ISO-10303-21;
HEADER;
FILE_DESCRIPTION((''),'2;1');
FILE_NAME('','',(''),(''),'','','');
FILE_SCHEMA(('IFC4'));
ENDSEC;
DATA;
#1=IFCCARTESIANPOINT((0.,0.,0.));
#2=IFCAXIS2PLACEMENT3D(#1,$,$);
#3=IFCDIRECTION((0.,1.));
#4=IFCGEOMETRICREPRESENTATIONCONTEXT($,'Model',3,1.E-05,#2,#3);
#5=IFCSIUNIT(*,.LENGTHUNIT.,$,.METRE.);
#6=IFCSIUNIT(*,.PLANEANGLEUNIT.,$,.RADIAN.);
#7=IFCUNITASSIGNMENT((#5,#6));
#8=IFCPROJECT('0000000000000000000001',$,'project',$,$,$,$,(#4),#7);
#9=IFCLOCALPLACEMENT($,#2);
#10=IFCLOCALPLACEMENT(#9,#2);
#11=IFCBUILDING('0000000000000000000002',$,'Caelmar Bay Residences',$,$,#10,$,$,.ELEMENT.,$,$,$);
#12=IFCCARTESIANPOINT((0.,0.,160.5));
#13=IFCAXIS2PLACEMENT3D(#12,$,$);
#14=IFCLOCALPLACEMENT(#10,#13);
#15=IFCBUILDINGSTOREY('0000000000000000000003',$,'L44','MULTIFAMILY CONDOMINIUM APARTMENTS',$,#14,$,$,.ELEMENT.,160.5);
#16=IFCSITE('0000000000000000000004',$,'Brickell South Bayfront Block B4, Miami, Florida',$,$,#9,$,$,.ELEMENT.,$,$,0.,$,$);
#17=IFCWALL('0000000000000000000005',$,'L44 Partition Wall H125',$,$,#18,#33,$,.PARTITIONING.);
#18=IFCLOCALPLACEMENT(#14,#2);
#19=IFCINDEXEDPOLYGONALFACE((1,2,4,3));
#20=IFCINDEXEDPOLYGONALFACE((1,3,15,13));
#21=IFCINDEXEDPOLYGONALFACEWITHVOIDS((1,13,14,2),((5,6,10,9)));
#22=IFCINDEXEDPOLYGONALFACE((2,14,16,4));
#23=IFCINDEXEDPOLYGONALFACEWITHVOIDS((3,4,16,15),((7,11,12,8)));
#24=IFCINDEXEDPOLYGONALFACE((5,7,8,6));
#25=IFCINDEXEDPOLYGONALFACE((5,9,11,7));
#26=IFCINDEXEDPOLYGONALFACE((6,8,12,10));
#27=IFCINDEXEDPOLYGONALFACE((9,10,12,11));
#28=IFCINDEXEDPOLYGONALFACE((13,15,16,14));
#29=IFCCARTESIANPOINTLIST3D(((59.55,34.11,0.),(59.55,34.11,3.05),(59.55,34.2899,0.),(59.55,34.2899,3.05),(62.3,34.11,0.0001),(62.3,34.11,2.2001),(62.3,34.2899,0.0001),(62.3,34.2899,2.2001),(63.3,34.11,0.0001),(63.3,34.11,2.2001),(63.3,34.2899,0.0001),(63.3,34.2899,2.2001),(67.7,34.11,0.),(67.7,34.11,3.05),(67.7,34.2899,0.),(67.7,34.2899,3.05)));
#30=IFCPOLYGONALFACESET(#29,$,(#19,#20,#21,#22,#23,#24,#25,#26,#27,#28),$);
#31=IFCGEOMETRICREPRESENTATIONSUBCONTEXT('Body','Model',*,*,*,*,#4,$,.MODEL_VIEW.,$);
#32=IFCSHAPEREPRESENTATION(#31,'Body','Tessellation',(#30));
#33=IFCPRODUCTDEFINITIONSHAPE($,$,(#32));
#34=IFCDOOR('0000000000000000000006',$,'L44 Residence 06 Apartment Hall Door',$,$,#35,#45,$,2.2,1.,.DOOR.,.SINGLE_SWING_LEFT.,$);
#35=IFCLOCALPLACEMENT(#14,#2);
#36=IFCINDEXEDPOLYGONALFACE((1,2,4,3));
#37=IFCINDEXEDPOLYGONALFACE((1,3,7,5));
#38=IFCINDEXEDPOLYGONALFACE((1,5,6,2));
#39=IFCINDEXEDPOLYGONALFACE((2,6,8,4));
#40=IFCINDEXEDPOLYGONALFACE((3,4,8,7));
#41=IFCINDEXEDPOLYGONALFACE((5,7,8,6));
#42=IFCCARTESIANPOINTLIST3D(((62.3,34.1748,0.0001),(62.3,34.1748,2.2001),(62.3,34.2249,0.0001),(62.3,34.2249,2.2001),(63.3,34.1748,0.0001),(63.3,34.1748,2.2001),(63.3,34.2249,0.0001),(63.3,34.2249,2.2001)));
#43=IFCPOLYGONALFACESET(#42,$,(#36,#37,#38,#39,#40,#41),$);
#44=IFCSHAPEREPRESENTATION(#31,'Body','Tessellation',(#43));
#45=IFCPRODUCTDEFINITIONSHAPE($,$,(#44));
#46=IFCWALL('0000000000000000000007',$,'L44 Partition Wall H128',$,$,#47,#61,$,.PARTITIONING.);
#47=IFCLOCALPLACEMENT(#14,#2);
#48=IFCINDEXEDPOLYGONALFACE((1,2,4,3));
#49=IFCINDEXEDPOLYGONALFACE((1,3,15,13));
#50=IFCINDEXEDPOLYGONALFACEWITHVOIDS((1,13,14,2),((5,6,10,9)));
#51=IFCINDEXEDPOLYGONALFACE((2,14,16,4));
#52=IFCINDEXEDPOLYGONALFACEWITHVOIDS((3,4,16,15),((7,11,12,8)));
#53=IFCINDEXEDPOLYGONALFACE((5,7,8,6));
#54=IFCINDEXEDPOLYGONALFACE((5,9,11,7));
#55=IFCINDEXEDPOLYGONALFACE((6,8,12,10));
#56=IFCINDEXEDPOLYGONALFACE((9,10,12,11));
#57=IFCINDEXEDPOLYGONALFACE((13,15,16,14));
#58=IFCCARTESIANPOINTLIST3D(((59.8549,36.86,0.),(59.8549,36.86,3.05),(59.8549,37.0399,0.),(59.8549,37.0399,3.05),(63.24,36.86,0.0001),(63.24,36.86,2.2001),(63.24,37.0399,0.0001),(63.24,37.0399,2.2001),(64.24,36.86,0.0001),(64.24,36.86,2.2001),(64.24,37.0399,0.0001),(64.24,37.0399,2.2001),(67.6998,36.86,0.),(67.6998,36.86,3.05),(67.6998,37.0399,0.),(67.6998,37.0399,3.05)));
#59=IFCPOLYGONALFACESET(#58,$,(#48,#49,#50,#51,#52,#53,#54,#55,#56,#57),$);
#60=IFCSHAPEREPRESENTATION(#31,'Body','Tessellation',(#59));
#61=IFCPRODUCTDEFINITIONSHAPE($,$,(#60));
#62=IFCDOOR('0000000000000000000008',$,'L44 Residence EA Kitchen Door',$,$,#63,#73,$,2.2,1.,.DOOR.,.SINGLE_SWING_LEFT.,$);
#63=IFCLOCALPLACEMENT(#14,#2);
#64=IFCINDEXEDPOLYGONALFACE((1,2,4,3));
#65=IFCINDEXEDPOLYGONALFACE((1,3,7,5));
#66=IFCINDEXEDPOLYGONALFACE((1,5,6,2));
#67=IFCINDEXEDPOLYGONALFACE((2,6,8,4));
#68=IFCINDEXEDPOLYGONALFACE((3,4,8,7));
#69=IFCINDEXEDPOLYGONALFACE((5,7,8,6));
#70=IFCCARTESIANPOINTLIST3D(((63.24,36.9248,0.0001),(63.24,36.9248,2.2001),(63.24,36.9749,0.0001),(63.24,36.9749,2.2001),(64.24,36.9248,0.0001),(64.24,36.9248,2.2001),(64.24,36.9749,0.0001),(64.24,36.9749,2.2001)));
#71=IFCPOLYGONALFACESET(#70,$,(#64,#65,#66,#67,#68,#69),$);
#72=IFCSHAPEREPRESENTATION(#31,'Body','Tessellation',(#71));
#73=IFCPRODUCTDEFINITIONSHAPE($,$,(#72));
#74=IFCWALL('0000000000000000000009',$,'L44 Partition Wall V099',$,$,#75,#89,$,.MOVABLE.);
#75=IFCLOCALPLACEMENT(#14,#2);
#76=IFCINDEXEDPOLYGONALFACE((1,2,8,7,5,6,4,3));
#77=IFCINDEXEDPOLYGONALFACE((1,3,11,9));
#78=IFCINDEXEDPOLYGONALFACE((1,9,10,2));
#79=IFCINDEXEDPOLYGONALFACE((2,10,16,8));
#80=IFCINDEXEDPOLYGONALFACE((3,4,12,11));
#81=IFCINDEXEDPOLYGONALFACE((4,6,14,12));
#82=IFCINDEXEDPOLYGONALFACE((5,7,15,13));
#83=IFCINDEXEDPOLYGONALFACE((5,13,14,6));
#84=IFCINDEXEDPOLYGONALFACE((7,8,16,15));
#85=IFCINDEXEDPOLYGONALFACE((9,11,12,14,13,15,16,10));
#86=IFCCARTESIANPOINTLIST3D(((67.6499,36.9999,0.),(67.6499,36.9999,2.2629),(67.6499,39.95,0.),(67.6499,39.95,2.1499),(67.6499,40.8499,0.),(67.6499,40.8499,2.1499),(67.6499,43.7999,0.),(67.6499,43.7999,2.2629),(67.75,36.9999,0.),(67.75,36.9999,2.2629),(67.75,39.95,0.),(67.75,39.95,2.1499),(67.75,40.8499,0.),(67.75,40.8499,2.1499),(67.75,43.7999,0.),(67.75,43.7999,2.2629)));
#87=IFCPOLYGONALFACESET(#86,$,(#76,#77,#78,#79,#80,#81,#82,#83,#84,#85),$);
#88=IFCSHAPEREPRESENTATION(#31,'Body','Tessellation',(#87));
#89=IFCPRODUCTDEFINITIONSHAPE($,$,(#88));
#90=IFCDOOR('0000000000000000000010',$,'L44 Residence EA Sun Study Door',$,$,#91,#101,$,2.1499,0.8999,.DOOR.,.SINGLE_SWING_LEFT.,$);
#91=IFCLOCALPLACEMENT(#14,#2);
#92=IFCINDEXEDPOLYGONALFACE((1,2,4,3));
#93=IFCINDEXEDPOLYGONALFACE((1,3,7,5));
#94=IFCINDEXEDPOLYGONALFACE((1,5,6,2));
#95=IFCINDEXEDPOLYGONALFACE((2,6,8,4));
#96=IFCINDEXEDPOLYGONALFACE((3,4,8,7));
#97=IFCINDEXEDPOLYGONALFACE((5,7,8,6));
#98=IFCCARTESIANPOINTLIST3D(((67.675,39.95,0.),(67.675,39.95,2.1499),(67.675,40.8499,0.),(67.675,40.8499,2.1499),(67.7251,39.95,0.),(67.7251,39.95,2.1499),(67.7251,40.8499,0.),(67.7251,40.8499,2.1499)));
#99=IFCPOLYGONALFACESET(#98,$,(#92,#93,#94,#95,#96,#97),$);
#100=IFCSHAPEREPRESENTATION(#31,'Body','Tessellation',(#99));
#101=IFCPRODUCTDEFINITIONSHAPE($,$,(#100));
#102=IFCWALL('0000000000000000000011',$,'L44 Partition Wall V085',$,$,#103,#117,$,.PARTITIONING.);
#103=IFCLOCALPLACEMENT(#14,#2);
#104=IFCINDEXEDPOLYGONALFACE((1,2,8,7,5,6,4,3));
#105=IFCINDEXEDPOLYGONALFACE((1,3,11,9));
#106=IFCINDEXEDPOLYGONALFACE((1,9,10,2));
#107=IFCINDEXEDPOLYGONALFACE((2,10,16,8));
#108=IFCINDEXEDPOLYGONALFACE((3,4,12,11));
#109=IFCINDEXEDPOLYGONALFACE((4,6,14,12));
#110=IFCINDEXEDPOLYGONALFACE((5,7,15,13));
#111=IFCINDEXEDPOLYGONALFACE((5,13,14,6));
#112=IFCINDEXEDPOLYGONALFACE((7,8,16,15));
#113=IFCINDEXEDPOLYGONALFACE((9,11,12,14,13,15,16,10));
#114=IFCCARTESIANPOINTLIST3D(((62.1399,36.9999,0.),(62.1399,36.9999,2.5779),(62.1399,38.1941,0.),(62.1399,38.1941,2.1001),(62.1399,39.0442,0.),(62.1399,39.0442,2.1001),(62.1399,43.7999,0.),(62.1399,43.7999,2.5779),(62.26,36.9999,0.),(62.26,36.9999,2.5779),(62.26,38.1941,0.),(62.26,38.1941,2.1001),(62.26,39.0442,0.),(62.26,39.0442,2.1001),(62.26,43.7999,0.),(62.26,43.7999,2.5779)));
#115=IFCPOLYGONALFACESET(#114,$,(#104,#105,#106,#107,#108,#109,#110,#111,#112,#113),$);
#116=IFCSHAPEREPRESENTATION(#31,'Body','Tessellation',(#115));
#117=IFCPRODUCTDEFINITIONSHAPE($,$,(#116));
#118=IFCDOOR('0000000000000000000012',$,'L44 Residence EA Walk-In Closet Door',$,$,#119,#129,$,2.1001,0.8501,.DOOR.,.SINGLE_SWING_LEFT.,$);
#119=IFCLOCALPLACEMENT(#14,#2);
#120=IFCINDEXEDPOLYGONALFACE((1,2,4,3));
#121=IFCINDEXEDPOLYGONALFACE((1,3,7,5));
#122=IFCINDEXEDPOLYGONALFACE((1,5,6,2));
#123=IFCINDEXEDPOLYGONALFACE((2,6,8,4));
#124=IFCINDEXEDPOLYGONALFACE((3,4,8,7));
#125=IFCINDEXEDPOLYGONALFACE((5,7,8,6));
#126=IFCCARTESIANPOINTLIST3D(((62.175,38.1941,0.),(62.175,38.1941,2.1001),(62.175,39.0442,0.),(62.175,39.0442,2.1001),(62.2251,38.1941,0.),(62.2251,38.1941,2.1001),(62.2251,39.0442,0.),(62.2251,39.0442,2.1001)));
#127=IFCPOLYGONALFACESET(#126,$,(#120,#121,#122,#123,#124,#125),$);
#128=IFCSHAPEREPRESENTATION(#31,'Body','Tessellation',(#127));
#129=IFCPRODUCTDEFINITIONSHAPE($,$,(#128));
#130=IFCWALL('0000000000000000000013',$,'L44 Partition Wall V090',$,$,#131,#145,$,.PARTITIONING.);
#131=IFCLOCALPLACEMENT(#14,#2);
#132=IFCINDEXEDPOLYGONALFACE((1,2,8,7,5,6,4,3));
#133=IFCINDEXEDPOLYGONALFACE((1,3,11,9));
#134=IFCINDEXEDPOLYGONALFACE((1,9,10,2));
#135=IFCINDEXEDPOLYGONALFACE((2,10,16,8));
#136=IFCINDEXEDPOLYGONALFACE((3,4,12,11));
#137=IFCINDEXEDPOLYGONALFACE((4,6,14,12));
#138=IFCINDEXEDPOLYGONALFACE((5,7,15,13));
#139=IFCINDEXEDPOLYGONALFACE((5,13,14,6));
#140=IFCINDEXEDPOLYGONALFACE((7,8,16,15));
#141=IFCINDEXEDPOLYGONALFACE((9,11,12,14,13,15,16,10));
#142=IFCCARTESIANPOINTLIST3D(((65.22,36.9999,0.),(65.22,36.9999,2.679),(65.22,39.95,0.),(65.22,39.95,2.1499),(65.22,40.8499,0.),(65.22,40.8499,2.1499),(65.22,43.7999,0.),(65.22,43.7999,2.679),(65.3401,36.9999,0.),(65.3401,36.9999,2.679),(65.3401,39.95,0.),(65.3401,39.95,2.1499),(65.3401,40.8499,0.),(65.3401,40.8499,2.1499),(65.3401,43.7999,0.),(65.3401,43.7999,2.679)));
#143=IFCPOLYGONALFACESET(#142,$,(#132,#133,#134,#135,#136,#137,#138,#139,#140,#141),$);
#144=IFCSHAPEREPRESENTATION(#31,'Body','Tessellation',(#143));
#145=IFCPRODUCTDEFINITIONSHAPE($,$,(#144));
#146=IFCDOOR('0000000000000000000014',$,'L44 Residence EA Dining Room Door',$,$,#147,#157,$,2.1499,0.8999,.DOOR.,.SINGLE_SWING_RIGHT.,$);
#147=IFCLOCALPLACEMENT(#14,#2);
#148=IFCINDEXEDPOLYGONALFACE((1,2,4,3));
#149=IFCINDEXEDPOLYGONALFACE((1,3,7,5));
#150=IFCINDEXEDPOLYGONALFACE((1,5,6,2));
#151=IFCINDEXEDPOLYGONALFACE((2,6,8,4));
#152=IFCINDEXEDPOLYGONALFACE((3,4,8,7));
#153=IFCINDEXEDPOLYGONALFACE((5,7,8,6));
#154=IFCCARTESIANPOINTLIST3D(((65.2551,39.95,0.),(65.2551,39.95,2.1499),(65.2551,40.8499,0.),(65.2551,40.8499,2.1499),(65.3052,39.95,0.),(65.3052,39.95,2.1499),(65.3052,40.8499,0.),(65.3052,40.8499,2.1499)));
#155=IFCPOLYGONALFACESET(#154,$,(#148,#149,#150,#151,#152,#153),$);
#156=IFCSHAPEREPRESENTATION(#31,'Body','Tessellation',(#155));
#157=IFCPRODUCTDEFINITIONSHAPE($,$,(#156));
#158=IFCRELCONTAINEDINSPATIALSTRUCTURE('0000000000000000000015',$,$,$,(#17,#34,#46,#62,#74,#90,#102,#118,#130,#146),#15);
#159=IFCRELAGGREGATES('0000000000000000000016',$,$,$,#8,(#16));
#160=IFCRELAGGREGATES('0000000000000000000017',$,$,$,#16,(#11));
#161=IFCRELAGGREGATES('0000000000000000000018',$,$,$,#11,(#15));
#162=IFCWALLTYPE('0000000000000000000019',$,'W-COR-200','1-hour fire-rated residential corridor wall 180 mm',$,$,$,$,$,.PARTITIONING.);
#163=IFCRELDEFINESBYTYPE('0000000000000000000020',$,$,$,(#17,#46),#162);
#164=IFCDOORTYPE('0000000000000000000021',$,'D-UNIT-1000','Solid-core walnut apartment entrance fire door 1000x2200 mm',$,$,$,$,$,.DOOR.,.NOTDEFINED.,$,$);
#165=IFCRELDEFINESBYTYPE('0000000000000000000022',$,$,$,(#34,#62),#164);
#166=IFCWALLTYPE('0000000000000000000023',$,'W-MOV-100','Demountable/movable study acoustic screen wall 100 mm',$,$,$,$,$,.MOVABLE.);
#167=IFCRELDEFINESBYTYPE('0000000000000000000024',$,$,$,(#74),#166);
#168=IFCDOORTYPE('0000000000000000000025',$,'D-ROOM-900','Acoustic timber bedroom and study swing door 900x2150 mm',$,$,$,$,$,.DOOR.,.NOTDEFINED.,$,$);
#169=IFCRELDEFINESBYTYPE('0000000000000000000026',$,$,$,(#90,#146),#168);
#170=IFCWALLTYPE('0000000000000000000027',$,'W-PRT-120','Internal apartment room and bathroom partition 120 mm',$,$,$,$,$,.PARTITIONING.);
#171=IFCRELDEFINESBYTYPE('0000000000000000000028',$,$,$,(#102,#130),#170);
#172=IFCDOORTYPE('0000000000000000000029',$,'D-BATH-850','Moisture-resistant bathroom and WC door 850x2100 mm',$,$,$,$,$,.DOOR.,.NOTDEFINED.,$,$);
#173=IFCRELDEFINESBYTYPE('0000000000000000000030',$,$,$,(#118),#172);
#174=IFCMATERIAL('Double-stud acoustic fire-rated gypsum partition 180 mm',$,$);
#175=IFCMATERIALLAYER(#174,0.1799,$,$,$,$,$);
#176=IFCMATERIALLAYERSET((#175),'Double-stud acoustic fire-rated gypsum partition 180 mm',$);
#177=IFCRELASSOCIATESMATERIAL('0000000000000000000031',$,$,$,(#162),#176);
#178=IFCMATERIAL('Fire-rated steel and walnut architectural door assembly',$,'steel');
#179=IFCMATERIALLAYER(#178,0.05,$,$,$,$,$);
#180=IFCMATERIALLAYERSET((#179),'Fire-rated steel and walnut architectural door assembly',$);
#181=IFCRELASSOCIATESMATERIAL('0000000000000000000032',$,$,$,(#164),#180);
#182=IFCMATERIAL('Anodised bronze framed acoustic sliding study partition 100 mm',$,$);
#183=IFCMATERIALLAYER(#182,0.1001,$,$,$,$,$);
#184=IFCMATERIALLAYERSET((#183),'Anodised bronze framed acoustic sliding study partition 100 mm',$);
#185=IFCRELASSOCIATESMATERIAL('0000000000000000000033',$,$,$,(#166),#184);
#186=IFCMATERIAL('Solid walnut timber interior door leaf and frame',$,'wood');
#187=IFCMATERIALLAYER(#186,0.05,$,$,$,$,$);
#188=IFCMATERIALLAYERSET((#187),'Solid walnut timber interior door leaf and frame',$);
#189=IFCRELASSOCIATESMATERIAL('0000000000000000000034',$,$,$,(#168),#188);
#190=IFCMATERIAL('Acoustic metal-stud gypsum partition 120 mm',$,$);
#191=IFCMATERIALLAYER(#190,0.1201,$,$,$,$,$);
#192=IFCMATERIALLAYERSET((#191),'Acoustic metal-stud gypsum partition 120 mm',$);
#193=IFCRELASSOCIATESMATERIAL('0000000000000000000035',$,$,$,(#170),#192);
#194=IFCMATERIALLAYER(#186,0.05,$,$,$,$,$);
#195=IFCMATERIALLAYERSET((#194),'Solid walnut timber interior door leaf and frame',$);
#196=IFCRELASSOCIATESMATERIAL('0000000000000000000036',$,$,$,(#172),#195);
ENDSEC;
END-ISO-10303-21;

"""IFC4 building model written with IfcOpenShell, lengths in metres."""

from ifc_helpers import new_model, si_unit, direction, frame, frame_2d, origin, place, context, subcontext, project, spatial, rectangle, extrude, material, layer, layer_set, type_object, element, fill, save


model = new_model("IFC4")

# Units and contexts
model_context = context("Model", 3, precision=1e-05, world=origin(), true_north=direction((0.0, 1.0)))
body_context = subcontext(model_context, "Body", "Model", "MODEL_VIEW")
ifc_project = project(units=[si_unit("LENGTHUNIT", "METRE"), si_unit("PLANEANGLEUNIT", "RADIAN")], contexts=[model_context])

# Site, building, storey
site_placement = place(None, origin())
site = spatial("IfcSite", under=ifc_project, at=site_placement, Name="Brickell South Bayfront Block B4, Miami, Florida", CompositionType="ELEMENT", RefElevation=0.0)
building_placement = place(site_placement, origin())
building = spatial("IfcBuilding", under=site, at=building_placement, Name="Caelmar Bay Residences", CompositionType="ELEMENT")
storey_placement = place(building_placement, frame((0.0, 0.0, 160.5)))
storey = spatial("IfcBuildingStorey", under=building, at=storey_placement, Name="L44", Description="MULTIFAMILY CONDOMINIUM APARTMENTS", CompositionType="ELEMENT", Elevation=160.5)

# Shared definitions
ifc_material_1 = material(Name="Double-stud acoustic fire-rated gypsum partition 180 mm")
ifc_layer_1 = layer(ifc_material_1, 0.1799)
ifc_layer_set_1 = layer_set([ifc_layer_1], Name="Double-stud acoustic fire-rated gypsum partition 180 mm")
wall_type_1 = type_object("IfcWallType", Name="W-COR-200", Description="1-hour fire-rated residential corridor wall 180 mm", PredefinedType="PARTITIONING", material=ifc_layer_set_1)

# Walls, openings, doors
wall_1_placement = place(storey_placement, frame((59.55, 34.2, 0.0), z_axis=(0.0, 0.0, 1.0), x_axis=(1.0, 0.0, 0.0)))
wall_1 = element("IfcWall", 1, at=wall_1_placement, inside=storey, type_object=wall_type_1, Name="L44 Partition Wall H125", PredefinedType="PARTITIONING", context=body_context, shape_type="SweptSolid", body=[
    extrude(rectangle(XDim=8.1499, YDim=0.1799, at=frame_2d((4.075, 0.0))), origin(), (0.0, 0.0, 1.0), 3.05),
])
opening_1_placement = place(wall_1_placement, frame((2.75, 0.0, 0.0)))
opening_1 = element("IfcOpeningElement", 2, at=opening_1_placement, cuts=wall_1, PredefinedType="OPENING", context=body_context, shape_type="SweptSolid", body=[
    extrude(rectangle(XDim=1.0, YDim=2.2, at=frame_2d((0.5, 1.1001))), frame((0.0, 0.0999, 0.0), z_axis=(0.0, -1.0, 0.0), x_axis=(1.0, 0.0, 0.0)), (0.0, 0.0, 1.0), 0.2),
])
ifc_material_2 = material(Name="Fire-rated steel and walnut architectural door assembly", Category="steel")
ifc_layer_2 = layer(ifc_material_2, 0.05)
ifc_layer_set_2 = layer_set([ifc_layer_2], Name="Fire-rated steel and walnut architectural door assembly")
door_type_1 = type_object("IfcDoorType", Name="D-UNIT-1000", Description="Solid-core walnut apartment entrance fire door 1000x2200 mm", OperationType="NOTDEFINED", PredefinedType="DOOR", material=ifc_layer_set_2)
door_1_placement = place(opening_1_placement, origin())
door_1 = element("IfcDoor", 3, at=door_1_placement, inside=storey, type_object=door_type_1, Name="L44 Residence 06 Apartment Hall Door", OperationType="SINGLE_SWING_LEFT", OverallHeight=2.2, OverallWidth=1.0, PredefinedType="DOOR", context=body_context, shape_type="SweptSolid", body=[
    extrude(rectangle(XDim=1.0, YDim=2.2, at=frame_2d((0.5, 1.1001))), frame((0.0, 0.0249, 0.0), z_axis=(0.0, -1.0, 0.0), x_axis=(1.0, 0.0, 0.0)), (0.0, 0.0, 1.0), 0.05),
])
fill(opening_1, door_1)
wall_2_placement = place(storey_placement, frame((59.855, 36.95, 0.0), z_axis=(0.0, 0.0, 1.0), x_axis=(1.0, 0.0, 0.0)))
wall_2 = element("IfcWall", 4, at=wall_2_placement, inside=storey, type_object=wall_type_1, Name="L44 Partition Wall H128", PredefinedType="PARTITIONING", context=body_context, shape_type="SweptSolid", body=[
    extrude(rectangle(XDim=7.845, YDim=0.1799, at=frame_2d((3.9224, 0.0))), origin(), (0.0, 0.0, 1.0), 3.05),
])
opening_2_placement = place(wall_2_placement, frame((3.385, 0.0, 0.0)))
opening_2 = element("IfcOpeningElement", 5, at=opening_2_placement, cuts=wall_2, PredefinedType="OPENING", context=body_context, shape_type="SweptSolid", body=[
    extrude(rectangle(XDim=1.0, YDim=2.2, at=frame_2d((0.5, 1.1001))), frame((0.0, 0.0999, 0.0), z_axis=(0.0, -1.0, 0.0), x_axis=(1.0, 0.0, 0.0)), (0.0, 0.0, 1.0), 0.2),
])
door_2_placement = place(opening_2_placement, origin())
door_2 = element("IfcDoor", 6, at=door_2_placement, inside=storey, type_object=door_type_1, Name="L44 Residence EA Kitchen Door", OperationType="SINGLE_SWING_LEFT", OverallHeight=2.2, OverallWidth=1.0, PredefinedType="DOOR", context=body_context, shape_type="SweptSolid", body=[
    extrude(rectangle(XDim=1.0, YDim=2.2, at=frame_2d((0.5, 1.1001))), frame((0.0, 0.0249, 0.0), z_axis=(0.0, -1.0, 0.0), x_axis=(1.0, 0.0, 0.0)), (0.0, 0.0, 1.0), 0.05),
])
fill(opening_2, door_2)
ifc_material_3 = material(Name="Anodised bronze framed acoustic sliding study partition 100 mm")
ifc_layer_3 = layer(ifc_material_3, 0.1001)
ifc_layer_set_3 = layer_set([ifc_layer_3], Name="Anodised bronze framed acoustic sliding study partition 100 mm")
wall_type_2 = type_object("IfcWallType", Name="W-MOV-100", Description="Demountable/movable study acoustic screen wall 100 mm", PredefinedType="MOVABLE", material=ifc_layer_set_3)
wall_3_placement = place(storey_placement, frame((67.7, 37.0, 0.0), z_axis=(0.0, 0.0, 1.0), x_axis=(0.0, 1.0, 0.0)))
wall_3 = element("IfcWall", 7, at=wall_3_placement, inside=storey, type_object=wall_type_2, Name="L44 Partition Wall V099", PredefinedType="MOVABLE", context=body_context, shape_type="SweptSolid", body=[
    extrude(rectangle(XDim=6.8, YDim=0.1001, at=frame_2d((3.3999, 0.0))), origin(), (0.0, 0.0, 1.0), 2.2629),
])
opening_3_placement = place(wall_3_placement, frame((2.95, 0.0, 0.0)))
opening_3 = element("IfcOpeningElement", 8, at=opening_3_placement, cuts=wall_3, PredefinedType="OPENING", context=body_context, shape_type="SweptSolid", body=[
    extrude(rectangle(XDim=0.8999, YDim=2.1499, at=frame_2d((0.45, 1.075))), frame((0.0, 0.0601, 0.0), z_axis=(0.0, -1.0, 0.0), x_axis=(1.0, 0.0, 0.0)), (0.0, 0.0, 1.0), 0.1201),
])
ifc_material_4 = material(Name="Solid walnut timber interior door leaf and frame", Category="wood")
ifc_layer_4 = layer(ifc_material_4, 0.05)
ifc_layer_set_4 = layer_set([ifc_layer_4], Name="Solid walnut timber interior door leaf and frame")
door_type_2 = type_object("IfcDoorType", Name="D-ROOM-900", Description="Acoustic timber bedroom and study swing door 900x2150 mm", OperationType="NOTDEFINED", PredefinedType="DOOR", material=ifc_layer_set_4)
door_3_placement = place(opening_3_placement, origin())
door_3 = element("IfcDoor", 9, at=door_3_placement, inside=storey, type_object=door_type_2, Name="L44 Residence EA Sun Study Door", OperationType="SINGLE_SWING_LEFT", OverallHeight=2.1499, OverallWidth=0.8999, PredefinedType="DOOR", context=body_context, shape_type="SweptSolid", body=[
    extrude(rectangle(XDim=0.8999, YDim=2.1499, at=frame_2d((0.45, 1.075))), frame((0.0, 0.0249, 0.0), z_axis=(0.0, -1.0, 0.0), x_axis=(1.0, 0.0, 0.0)), (0.0, 0.0, 1.0), 0.05),
])
fill(opening_3, door_3)
ifc_material_5 = material(Name="Acoustic metal-stud gypsum partition 120 mm")
ifc_layer_5 = layer(ifc_material_5, 0.1201)
ifc_layer_set_5 = layer_set([ifc_layer_5], Name="Acoustic metal-stud gypsum partition 120 mm")
wall_type_3 = type_object("IfcWallType", Name="W-PRT-120", Description="Internal apartment room and bathroom partition 120 mm", PredefinedType="PARTITIONING", material=ifc_layer_set_5)
wall_4_placement = place(storey_placement, frame((62.2, 37.0, 0.0), z_axis=(0.0, 0.0, 1.0), x_axis=(0.0, 1.0, 0.0)))
wall_4 = element("IfcWall", 10, at=wall_4_placement, inside=storey, type_object=wall_type_3, Name="L44 Partition Wall V085", PredefinedType="PARTITIONING", context=body_context, shape_type="SweptSolid", body=[
    extrude(rectangle(XDim=6.8, YDim=0.1201, at=frame_2d((3.3999, 0.0))), origin(), (0.0, 0.0, 1.0), 2.5779),
])
opening_4_placement = place(wall_4_placement, frame((1.1941, 0.0, 0.0)))
opening_4 = element("IfcOpeningElement", 11, at=opening_4_placement, cuts=wall_4, PredefinedType="OPENING", context=body_context, shape_type="SweptSolid", body=[
    extrude(rectangle(XDim=0.8501, YDim=2.1001, at=frame_2d((0.425, 1.05))), frame((0.0, 0.0701, 0.0), z_axis=(0.0, -1.0, 0.0), x_axis=(1.0, 0.0, 0.0)), (0.0, 0.0, 1.0), 0.1401),
])
ifc_layer_6 = layer(ifc_material_4, 0.05)
ifc_layer_set_6 = layer_set([ifc_layer_6], Name="Solid walnut timber interior door leaf and frame")
door_type_3 = type_object("IfcDoorType", Name="D-BATH-850", Description="Moisture-resistant bathroom and WC door 850x2100 mm", OperationType="NOTDEFINED", PredefinedType="DOOR", material=ifc_layer_set_6)
door_4_placement = place(opening_4_placement, origin())
door_4 = element("IfcDoor", 12, at=door_4_placement, inside=storey, type_object=door_type_3, Name="L44 Residence EA Walk-In Closet Door", OperationType="SINGLE_SWING_LEFT", OverallHeight=2.1001, OverallWidth=0.8501, PredefinedType="DOOR", context=body_context, shape_type="SweptSolid", body=[
    extrude(rectangle(XDim=0.8501, YDim=2.1001, at=frame_2d((0.425, 1.05))), frame((0.0, 0.0249, 0.0), z_axis=(0.0, -1.0, 0.0), x_axis=(1.0, 0.0, 0.0)), (0.0, 0.0, 1.0), 0.05),
])
fill(opening_4, door_4)
wall_5_placement = place(storey_placement, frame((65.28, 37.0, 0.0), z_axis=(0.0, 0.0, 1.0), x_axis=(0.0, 1.0, 0.0)))
wall_5 = element("IfcWall", 13, at=wall_5_placement, inside=storey, type_object=wall_type_3, Name="L44 Partition Wall V090", PredefinedType="PARTITIONING", context=body_context, shape_type="SweptSolid", body=[
    extrude(rectangle(XDim=6.8, YDim=0.1201, at=frame_2d((3.3999, 0.0))), origin(), (0.0, 0.0, 1.0), 2.679),
])
opening_5_placement = place(wall_5_placement, frame((2.95, 0.0, 0.0)))
opening_5 = element("IfcOpeningElement", 14, at=opening_5_placement, cuts=wall_5, PredefinedType="OPENING", context=body_context, shape_type="SweptSolid", body=[
    extrude(rectangle(XDim=0.8999, YDim=2.1499, at=frame_2d((0.45, 1.075))), frame((0.0, 0.0701, 0.0), z_axis=(0.0, -1.0, 0.0), x_axis=(1.0, 0.0, 0.0)), (0.0, 0.0, 1.0), 0.1401),
])
door_5_placement = place(opening_5_placement, origin())
door_5 = element("IfcDoor", 15, at=door_5_placement, inside=storey, type_object=door_type_2, Name="L44 Residence EA Dining Room Door", OperationType="SINGLE_SWING_RIGHT", OverallHeight=2.1499, OverallWidth=0.8999, PredefinedType="DOOR", context=body_context, shape_type="SweptSolid", body=[
    extrude(rectangle(XDim=0.8999, YDim=2.1499, at=frame_2d((0.45, 1.075))), frame((0.0, 0.0249, 0.0), z_axis=(0.0, -1.0, 0.0), x_axis=(1.0, 0.0, 0.0)), (0.0, 0.0, 1.0), 0.05),
])
fill(opening_5, door_5)

save(model, "model.ifc")
